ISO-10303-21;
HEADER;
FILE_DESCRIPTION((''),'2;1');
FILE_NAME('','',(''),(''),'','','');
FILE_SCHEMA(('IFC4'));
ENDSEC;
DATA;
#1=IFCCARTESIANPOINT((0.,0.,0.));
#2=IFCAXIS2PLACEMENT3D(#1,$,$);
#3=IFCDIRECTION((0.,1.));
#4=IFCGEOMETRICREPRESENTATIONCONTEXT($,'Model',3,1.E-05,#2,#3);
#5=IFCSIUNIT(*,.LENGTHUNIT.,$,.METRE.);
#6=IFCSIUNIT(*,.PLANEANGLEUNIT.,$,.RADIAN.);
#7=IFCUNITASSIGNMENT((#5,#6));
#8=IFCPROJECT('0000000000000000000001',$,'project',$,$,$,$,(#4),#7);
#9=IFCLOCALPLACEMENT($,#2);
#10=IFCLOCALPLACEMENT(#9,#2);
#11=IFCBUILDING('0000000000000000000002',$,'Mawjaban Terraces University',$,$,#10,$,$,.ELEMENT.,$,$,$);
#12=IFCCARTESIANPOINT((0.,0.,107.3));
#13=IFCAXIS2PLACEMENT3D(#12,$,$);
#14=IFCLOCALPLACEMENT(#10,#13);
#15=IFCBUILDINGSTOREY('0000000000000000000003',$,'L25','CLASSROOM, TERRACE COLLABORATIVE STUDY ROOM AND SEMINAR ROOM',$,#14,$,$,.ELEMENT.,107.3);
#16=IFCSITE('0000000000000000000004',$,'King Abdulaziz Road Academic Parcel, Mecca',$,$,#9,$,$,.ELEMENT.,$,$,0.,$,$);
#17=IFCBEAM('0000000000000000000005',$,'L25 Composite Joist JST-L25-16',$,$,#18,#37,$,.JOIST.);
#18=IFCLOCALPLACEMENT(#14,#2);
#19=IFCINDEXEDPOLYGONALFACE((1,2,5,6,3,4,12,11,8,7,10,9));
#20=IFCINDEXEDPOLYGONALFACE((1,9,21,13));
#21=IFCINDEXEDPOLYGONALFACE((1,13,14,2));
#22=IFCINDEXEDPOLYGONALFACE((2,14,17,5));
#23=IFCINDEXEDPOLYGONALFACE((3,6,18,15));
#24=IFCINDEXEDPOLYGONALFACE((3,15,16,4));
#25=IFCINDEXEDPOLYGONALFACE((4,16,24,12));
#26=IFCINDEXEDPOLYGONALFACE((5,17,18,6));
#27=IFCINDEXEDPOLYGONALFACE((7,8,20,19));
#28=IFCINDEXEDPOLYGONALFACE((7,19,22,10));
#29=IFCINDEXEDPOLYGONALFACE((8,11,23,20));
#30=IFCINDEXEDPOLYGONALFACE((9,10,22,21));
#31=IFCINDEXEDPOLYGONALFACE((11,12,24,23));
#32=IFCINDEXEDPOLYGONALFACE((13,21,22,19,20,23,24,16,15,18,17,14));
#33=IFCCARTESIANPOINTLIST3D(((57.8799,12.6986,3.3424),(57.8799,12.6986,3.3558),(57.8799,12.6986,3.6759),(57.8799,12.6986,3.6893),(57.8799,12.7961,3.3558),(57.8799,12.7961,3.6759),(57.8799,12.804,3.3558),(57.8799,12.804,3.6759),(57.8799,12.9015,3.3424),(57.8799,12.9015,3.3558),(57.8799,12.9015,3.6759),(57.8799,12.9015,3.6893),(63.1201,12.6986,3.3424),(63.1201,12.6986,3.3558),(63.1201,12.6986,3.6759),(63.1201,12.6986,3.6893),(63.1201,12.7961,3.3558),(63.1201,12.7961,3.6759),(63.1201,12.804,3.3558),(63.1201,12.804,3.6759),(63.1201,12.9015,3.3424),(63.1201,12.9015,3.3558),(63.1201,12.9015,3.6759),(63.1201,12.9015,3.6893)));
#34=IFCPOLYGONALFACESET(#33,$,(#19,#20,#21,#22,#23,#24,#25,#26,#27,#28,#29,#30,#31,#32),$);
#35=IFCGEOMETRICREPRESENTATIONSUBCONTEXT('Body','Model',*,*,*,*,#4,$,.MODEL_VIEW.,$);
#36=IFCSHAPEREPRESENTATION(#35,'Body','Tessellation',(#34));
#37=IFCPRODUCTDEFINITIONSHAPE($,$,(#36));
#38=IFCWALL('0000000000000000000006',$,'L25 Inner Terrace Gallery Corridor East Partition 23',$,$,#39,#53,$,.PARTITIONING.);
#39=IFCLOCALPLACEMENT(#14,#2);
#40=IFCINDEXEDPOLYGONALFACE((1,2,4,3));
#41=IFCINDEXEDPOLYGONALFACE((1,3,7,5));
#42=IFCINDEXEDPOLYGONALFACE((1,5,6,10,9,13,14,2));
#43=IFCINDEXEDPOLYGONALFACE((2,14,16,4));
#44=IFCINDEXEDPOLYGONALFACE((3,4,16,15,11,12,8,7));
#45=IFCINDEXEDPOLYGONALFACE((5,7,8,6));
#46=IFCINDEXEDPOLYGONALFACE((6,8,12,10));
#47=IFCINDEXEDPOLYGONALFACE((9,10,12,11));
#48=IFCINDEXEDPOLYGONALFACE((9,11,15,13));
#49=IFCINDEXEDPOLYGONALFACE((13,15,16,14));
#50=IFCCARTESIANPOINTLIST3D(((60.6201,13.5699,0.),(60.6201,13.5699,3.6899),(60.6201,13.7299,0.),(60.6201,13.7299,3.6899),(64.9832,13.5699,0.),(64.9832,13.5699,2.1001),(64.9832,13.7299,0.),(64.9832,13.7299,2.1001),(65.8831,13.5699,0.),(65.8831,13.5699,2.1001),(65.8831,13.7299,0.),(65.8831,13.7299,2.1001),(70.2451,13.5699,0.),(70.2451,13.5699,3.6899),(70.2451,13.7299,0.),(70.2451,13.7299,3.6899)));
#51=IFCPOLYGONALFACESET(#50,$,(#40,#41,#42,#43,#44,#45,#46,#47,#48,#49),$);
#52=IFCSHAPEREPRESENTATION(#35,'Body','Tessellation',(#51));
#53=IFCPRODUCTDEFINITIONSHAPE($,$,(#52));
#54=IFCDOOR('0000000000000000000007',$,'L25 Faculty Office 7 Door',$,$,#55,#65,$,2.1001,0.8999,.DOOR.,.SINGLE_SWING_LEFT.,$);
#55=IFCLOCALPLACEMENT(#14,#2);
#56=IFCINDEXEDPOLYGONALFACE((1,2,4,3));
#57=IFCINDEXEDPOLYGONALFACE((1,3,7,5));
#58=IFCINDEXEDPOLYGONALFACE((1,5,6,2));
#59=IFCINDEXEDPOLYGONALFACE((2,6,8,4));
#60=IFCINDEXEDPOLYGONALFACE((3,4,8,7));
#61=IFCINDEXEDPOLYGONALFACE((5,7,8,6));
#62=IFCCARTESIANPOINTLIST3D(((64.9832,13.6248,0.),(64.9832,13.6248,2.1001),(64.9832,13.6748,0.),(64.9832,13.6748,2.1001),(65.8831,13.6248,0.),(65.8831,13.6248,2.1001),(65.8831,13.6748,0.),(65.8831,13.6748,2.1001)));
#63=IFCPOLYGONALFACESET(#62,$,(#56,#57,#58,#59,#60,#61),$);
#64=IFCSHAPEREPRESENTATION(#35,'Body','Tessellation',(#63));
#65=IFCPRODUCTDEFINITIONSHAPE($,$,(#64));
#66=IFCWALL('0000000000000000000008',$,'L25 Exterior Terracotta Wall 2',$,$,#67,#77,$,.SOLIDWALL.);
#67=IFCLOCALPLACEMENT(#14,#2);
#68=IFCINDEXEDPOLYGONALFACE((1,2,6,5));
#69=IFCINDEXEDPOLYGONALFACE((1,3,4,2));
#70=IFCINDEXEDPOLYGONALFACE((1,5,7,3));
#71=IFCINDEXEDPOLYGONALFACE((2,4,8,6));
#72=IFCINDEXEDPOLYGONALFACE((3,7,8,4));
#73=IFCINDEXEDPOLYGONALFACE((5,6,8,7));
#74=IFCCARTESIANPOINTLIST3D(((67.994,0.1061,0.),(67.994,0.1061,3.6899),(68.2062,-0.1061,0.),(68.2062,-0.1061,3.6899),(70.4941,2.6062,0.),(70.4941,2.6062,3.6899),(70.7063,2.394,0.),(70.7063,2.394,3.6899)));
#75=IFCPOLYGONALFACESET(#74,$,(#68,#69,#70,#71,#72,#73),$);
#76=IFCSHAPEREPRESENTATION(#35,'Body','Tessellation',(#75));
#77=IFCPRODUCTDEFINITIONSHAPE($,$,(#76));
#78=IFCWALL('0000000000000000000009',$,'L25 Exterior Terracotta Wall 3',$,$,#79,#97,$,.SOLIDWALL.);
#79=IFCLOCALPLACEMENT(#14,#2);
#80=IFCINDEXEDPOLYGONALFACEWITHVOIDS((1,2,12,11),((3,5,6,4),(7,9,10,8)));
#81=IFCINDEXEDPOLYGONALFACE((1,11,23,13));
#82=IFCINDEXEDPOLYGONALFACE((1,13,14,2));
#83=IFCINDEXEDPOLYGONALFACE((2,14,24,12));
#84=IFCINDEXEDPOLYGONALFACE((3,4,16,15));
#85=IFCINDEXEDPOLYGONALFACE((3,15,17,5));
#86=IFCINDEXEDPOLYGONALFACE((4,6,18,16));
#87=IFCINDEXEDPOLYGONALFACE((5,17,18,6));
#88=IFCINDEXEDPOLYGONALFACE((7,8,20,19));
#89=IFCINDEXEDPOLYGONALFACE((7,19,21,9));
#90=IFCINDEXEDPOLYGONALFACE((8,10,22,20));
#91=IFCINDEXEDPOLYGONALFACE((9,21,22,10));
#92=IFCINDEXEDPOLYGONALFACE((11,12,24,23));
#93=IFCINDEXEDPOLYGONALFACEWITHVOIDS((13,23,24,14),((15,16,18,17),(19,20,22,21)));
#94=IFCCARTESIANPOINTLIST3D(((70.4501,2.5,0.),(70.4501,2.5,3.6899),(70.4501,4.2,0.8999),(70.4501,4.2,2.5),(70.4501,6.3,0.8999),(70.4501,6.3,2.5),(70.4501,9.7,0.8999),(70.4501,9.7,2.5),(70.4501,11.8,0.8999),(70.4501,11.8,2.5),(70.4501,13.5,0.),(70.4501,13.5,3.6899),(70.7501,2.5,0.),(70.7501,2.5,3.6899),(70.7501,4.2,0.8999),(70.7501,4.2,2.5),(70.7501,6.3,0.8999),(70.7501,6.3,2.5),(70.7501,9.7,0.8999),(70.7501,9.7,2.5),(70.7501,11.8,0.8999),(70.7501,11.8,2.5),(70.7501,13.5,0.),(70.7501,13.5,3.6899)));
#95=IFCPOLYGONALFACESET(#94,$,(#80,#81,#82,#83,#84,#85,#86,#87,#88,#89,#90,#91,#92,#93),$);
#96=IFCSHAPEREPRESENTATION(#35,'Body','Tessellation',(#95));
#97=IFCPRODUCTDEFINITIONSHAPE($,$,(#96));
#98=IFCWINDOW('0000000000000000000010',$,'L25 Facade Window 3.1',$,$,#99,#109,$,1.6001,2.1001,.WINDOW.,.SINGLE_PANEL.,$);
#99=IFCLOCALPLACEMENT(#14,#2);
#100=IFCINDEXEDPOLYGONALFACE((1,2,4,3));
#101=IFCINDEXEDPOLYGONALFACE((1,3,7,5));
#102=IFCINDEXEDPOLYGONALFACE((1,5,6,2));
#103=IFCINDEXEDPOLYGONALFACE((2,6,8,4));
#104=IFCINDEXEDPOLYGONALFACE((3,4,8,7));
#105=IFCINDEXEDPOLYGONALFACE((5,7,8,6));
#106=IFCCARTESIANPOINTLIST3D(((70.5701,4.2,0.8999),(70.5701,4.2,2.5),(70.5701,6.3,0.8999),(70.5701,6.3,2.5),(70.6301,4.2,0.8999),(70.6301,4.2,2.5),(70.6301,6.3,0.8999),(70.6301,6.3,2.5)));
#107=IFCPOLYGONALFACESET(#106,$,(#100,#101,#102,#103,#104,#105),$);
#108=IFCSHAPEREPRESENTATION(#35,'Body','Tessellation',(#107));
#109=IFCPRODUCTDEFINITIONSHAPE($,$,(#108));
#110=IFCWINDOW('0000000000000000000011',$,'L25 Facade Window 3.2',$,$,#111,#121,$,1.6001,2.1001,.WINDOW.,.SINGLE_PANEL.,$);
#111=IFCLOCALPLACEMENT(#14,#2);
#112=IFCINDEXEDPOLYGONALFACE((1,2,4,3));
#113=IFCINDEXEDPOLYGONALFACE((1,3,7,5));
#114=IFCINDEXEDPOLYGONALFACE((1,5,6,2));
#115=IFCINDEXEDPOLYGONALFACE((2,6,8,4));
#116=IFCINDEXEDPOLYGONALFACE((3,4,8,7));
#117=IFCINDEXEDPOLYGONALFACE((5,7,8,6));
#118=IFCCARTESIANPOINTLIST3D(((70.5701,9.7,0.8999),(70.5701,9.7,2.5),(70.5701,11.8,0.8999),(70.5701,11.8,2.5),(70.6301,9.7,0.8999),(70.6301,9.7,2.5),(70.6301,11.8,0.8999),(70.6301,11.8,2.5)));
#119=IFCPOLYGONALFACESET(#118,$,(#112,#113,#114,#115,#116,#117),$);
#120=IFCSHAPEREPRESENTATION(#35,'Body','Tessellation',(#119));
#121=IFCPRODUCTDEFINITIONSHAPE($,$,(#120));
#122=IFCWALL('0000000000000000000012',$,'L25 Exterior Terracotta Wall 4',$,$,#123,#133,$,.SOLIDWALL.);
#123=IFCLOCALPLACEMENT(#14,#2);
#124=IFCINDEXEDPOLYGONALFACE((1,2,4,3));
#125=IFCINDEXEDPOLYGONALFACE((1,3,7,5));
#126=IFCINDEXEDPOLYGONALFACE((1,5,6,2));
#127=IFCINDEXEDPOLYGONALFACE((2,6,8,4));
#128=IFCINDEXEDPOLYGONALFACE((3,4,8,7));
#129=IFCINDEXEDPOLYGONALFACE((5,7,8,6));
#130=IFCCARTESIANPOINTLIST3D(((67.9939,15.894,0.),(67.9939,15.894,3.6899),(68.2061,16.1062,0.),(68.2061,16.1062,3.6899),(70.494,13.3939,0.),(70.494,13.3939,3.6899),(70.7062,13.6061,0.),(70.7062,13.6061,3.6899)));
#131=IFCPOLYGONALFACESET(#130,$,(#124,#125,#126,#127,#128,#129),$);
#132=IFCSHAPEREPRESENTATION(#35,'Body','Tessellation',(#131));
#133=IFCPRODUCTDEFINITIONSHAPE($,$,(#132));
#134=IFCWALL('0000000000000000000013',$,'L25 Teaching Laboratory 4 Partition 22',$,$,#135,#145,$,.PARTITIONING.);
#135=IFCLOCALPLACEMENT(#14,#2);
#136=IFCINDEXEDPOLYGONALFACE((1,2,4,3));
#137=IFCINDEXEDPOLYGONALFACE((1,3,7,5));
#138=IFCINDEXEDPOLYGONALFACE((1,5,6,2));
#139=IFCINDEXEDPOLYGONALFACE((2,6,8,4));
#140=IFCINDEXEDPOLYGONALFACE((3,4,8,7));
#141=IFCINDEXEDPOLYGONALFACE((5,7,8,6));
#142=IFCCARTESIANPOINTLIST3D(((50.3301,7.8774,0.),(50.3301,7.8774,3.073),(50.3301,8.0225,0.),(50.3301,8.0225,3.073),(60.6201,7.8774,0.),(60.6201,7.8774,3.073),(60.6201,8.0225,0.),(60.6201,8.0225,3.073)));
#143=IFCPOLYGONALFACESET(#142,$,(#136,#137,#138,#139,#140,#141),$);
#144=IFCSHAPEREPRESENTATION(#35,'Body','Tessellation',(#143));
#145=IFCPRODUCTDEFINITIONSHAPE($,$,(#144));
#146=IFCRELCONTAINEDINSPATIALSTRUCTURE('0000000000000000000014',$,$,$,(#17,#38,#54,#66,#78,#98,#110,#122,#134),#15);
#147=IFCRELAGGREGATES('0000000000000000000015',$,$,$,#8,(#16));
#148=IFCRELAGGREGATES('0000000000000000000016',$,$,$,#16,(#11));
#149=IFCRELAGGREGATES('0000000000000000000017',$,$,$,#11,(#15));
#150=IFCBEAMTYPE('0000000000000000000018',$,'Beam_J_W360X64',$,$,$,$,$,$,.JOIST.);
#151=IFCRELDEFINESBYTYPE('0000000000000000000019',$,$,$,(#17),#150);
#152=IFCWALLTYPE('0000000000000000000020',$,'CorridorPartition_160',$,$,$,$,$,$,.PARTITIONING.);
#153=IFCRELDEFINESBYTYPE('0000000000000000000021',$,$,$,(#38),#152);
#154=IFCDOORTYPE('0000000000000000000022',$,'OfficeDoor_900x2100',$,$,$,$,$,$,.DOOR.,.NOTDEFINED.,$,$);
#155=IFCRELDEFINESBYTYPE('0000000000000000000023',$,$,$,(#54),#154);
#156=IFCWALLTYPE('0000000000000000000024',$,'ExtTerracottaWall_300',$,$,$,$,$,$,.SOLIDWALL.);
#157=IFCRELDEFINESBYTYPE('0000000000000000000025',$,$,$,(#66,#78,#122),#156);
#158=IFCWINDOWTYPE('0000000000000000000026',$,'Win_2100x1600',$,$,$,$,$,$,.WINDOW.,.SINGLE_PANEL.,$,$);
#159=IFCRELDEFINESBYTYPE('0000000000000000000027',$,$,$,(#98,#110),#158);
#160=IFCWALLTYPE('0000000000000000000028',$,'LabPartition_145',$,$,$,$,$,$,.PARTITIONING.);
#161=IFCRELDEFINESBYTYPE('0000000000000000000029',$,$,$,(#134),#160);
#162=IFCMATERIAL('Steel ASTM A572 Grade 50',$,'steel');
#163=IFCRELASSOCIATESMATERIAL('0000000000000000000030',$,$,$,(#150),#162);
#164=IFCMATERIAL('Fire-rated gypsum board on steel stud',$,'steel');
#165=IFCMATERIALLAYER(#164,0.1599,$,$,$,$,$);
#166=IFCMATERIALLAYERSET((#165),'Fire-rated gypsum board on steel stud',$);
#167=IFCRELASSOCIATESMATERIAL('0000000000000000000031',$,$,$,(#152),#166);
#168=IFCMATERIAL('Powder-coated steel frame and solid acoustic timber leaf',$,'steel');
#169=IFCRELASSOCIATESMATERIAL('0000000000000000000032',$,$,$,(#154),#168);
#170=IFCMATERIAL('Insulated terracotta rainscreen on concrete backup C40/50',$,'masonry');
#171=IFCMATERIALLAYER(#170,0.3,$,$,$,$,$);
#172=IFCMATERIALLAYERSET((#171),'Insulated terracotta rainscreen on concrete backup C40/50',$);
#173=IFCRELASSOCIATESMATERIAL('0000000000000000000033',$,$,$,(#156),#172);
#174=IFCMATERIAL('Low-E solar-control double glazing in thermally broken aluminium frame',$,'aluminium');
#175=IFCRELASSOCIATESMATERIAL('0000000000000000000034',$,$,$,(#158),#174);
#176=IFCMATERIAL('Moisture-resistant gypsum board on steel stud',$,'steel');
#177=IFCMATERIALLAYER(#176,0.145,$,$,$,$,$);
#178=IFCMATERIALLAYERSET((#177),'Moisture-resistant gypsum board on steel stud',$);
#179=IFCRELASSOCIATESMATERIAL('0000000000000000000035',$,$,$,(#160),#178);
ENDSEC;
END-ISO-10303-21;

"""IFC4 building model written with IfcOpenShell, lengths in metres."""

from ifc_helpers import new_model, si_unit, direction, frame, frame_2d, origin, origin_2d, place, context, subcontext, project, spatial, rectangle, i_section, extrude, material, layer, layer_set, material_profile, profile_set, type_object, element, fill, save


model = new_model("IFC4")

# Units and contexts
model_context = context("Model", 3, precision=1e-05, world=origin(), true_north=direction((0.0, 1.0)))
body_context = subcontext(model_context, "Body", "Model", "MODEL_VIEW")
ifc_project = project(units=[si_unit("LENGTHUNIT", "METRE"), si_unit("PLANEANGLEUNIT", "RADIAN")], contexts=[model_context])

# Site, building, storey
site_placement = place(None, origin())
site = spatial("IfcSite", under=ifc_project, at=site_placement, Name="King Abdulaziz Road Academic Parcel, Mecca", CompositionType="ELEMENT", RefElevation=0.0)
building_placement = place(site_placement, origin())
building = spatial("IfcBuilding", under=site, at=building_placement, Name="Mawjaban Terraces University", CompositionType="ELEMENT")
storey_placement = place(building_placement, frame((0.0, 0.0, 107.3)))
storey = spatial("IfcBuildingStorey", under=building, at=storey_placement, Name="L25", Description="CLASSROOM, TERRACE COLLABORATIVE STUDY ROOM AND SEMINAR ROOM", CompositionType="ELEMENT", Elevation=107.3)

# Beam
ifc_material_1 = material(Name="Steel ASTM A572 Grade 50", Category="steel")
ifc_material_profile_1 = material_profile(ifc_material_1, i_section(OverallWidth=0.2029, OverallDepth=0.3469, WebThickness=0.0078, FlangeThickness=0.0134, at=origin_2d()), Name="W360X64")
ifc_profile_set_1 = profile_set([ifc_material_profile_1], Name="Steel ASTM A572 Grade 50")
beam_type_1 = type_object("IfcBeamType", Name="Beam_J_W360X64", PredefinedType="JOIST", material=ifc_profile_set_1)
for number, where, z_axis, x_axis, name in (
    (1, (57.8799, 12.8, 3.5159), (1.0, 0.0, 0.0), (0.0, 1.0, 0.0), "L25 Composite Joist JST-L25-16"),
):
    element("IfcBeam", number, at=place(storey_placement, frame(where, z_axis=z_axis, x_axis=x_axis)), inside=storey, type_object=beam_type_1, Name=name, PredefinedType="JOIST", context=body_context, shape_type="SweptSolid", body=[
        extrude(i_section(OverallWidth=0.2029, OverallDepth=0.3469, WebThickness=0.0078, FlangeThickness=0.0134, at=origin_2d()), origin(), (0.0, 0.0, 1.0), 5.2402),
    ])

# Wall, opening, door
ifc_material_2 = material(Name="Fire-rated gypsum board on steel stud", Category="steel")
ifc_layer_1 = layer(ifc_material_2, 0.1599)
ifc_layer_set_1 = layer_set([ifc_layer_1], Name="Fire-rated gypsum board on steel stud")
wall_type_1 = type_object("IfcWallType", Name="CorridorPartition_160", PredefinedType="PARTITIONING", material=ifc_layer_set_1)
wall_1_placement = place(storey_placement, frame((60.6201, 13.6499, 0.0), z_axis=(0.0, 0.0, 1.0), x_axis=(1.0, 0.0, 0.0)))
wall_1 = element("IfcWall", 2, at=wall_1_placement, inside=storey, type_object=wall_type_1, Name="L25 Inner Terrace Gallery Corridor East Partition 23", PredefinedType="PARTITIONING", context=body_context, shape_type="SweptSolid", body=[
    extrude(rectangle(XDim=9.625, YDim=0.1599, at=frame_2d((4.8125, 0.0))), origin(), (0.0, 0.0, 1.0), 3.6899),
])
opening_1_placement = place(wall_1_placement, frame((4.363, 0.0, 0.0)))
opening_1 = element("IfcOpeningElement", 3, at=opening_1_placement, cuts=wall_1, PredefinedType="OPENING", context=body_context, shape_type="SweptSolid", body=[
    extrude(rectangle(XDim=0.8999, YDim=2.1001, at=frame_2d((0.45, 1.05))), frame((0.0, 0.0898, 0.0), z_axis=(0.0, -1.0, 0.0), x_axis=(1.0, 0.0, 0.0)), (0.0, 0.0, 1.0), 0.1799),
])
ifc_material_3 = material(Name="Powder-coated steel frame and solid acoustic timber leaf", Category="steel")
door_type_1 = type_object("IfcDoorType", Name="OfficeDoor_900x2100", OperationType="NOTDEFINED", PredefinedType="DOOR", material=ifc_material_3)
door_1_placement = place(opening_1_placement, origin())
door_1 = element("IfcDoor", 4, at=door_1_placement, inside=storey, type_object=door_type_1, Name="L25 Faculty Office 7 Door", OperationType="SINGLE_SWING_LEFT", OverallHeight=2.1001, OverallWidth=0.8999, PredefinedType="DOOR", context=body_context, shape_type="SweptSolid", body=[
    extrude(rectangle(XDim=0.8999, YDim=2.1001, at=frame_2d((0.45, 1.05))), frame((0.0, 0.0249, 0.0), z_axis=(0.0, -1.0, 0.0), x_axis=(1.0, 0.0, 0.0)), (0.0, 0.0, 1.0), 0.05),
])
fill(opening_1, door_1)

# Wall
ifc_material_4 = material(Name="Insulated terracotta rainscreen on concrete backup C40/50", Category="masonry")
ifc_layer_2 = layer(ifc_material_4, 0.3)
ifc_layer_set_2 = layer_set([ifc_layer_2], Name="Insulated terracotta rainscreen on concrete backup C40/50")
wall_type_2 = type_object("IfcWallType", Name="ExtTerracottaWall_300", PredefinedType="SOLIDWALL", material=ifc_layer_set_2)
wall_2_placement = place(storey_placement, frame((68.1001, 0.0, 0.0), z_axis=(0.0, 0.0, 1.0), x_axis=(0.707107, 0.707107, 0.0)))
element("IfcWall", 5, at=wall_2_placement, inside=storey, type_object=wall_type_2, Name="L25 Exterior Terracotta Wall 2", PredefinedType="SOLIDWALL", context=body_context, shape_type="SweptSolid", body=[
    extrude(rectangle(XDim=3.5356, YDim=0.3, at=frame_2d((1.7678, 0.0))), origin(), (0.0, 0.0, 1.0), 3.6899),
])

# Wall, openings, windows
wall_3_placement = place(storey_placement, frame((70.6001, 2.5, 0.0), z_axis=(0.0, 0.0, 1.0), x_axis=(0.0, 1.0, 0.0)))
wall_3 = element("IfcWall", 6, at=wall_3_placement, inside=storey, type_object=wall_type_2, Name="L25 Exterior Terracotta Wall 3", PredefinedType="SOLIDWALL", context=body_context, shape_type="SweptSolid", body=[
    extrude(rectangle(XDim=11.0, YDim=0.3, at=frame_2d((5.5, 0.0))), origin(), (0.0, 0.0, 1.0), 3.6899),
])
opening_2_placement = place(wall_3_placement, frame((1.7, 0.0, 0.8999)))
opening_2 = element("IfcOpeningElement", 7, at=opening_2_placement, cuts=wall_3, PredefinedType="OPENING", context=body_context, shape_type="SweptSolid", body=[
    extrude(rectangle(XDim=2.1001, YDim=1.6001, at=frame_2d((1.05, 0.8))), frame((0.0, 0.1599, 0.0), z_axis=(0.0, -1.0, 0.0), x_axis=(1.0, 0.0, 0.0)), (0.0, 0.0, 1.0), 0.3201),
])
opening_3_placement = place(wall_3_placement, frame((7.2, 0.0, 0.8999)))
opening_3 = element("IfcOpeningElement", 8, at=opening_3_placement, cuts=wall_3, PredefinedType="OPENING", context=body_context, shape_type="SweptSolid", body=[
    extrude(rectangle(XDim=2.1001, YDim=1.6001, at=frame_2d((1.05, 0.8))), frame((0.0, 0.1599, 0.0), z_axis=(0.0, -1.0, 0.0), x_axis=(1.0, 0.0, 0.0)), (0.0, 0.0, 1.0), 0.3201),
])
ifc_material_5 = material(Name="Low-E solar-control double glazing in thermally broken aluminium frame", Category="aluminium")
window_type = type_object("IfcWindowType", Name="Win_2100x1600", PartitioningType="SINGLE_PANEL", PredefinedType="WINDOW", material=ifc_material_5)
window_1_placement = place(opening_2_placement, origin())
window_1 = element("IfcWindow", 9, at=window_1_placement, inside=storey, type_object=window_type, Name="L25 Facade Window 3.1", OverallHeight=1.6001, OverallWidth=2.1001, PartitioningType="SINGLE_PANEL", PredefinedType="WINDOW", context=body_context, shape_type="SweptSolid", body=[
    extrude(rectangle(XDim=2.1001, YDim=1.6001, at=frame_2d((1.05, 0.8))), frame((0.0, 0.03, 0.0), z_axis=(0.0, -1.0, 0.0), x_axis=(1.0, 0.0, 0.0)), (0.0, 0.0, 1.0), 0.0601),
])
fill(opening_2, window_1)
window_2_placement = place(opening_3_placement, origin())
window_2 = element("IfcWindow", 10, at=window_2_placement, inside=storey, type_object=window_type, Name="L25 Facade Window 3.2", OverallHeight=1.6001, OverallWidth=2.1001, PartitioningType="SINGLE_PANEL", PredefinedType="WINDOW", context=body_context, shape_type="SweptSolid", body=[
    extrude(rectangle(XDim=2.1001, YDim=1.6001, at=frame_2d((1.05, 0.8))), frame((0.0, 0.03, 0.0), z_axis=(0.0, -1.0, 0.0), x_axis=(1.0, 0.0, 0.0)), (0.0, 0.0, 1.0), 0.0601),
])
fill(opening_3, window_2)

# Walls
wall_4_placement = place(storey_placement, frame((70.6001, 13.5, 0.0), z_axis=(0.0, 0.0, 1.0), x_axis=(-0.707107, 0.707107, 0.0)))
element("IfcWall", 11, at=wall_4_placement, inside=storey, type_object=wall_type_2, Name="L25 Exterior Terracotta Wall 4", PredefinedType="SOLIDWALL", context=body_context, shape_type="SweptSolid", body=[
    extrude(rectangle(XDim=3.5356, YDim=0.3, at=frame_2d((1.7678, 0.0))), origin(), (0.0, 0.0, 1.0), 3.6899),
])
ifc_material_6 = material(Name="Moisture-resistant gypsum board on steel stud", Category="steel")
ifc_layer_3 = layer(ifc_material_6, 0.145)
ifc_layer_set_3 = layer_set([ifc_layer_3], Name="Moisture-resistant gypsum board on steel stud")
wall_type_3 = type_object("IfcWallType", Name="LabPartition_145", PredefinedType="PARTITIONING", material=ifc_layer_set_3)
wall_5_placement = place(storey_placement, frame((60.6201, 7.95, 0.0), z_axis=(0.0, 0.0, 1.0), x_axis=(-1.0, 0.0, 0.0)))
element("IfcWall", 12, at=wall_5_placement, inside=storey, type_object=wall_type_3, Name="L25 Teaching Laboratory 4 Partition 22", PredefinedType="PARTITIONING", context=body_context, shape_type="SweptSolid", body=[
    extrude(rectangle(XDim=10.29, YDim=0.145, at=frame_2d((5.145, 0.0))), origin(), (0.0, 0.0, 1.0), 3.073),
])

save(model, "model.ifc")
